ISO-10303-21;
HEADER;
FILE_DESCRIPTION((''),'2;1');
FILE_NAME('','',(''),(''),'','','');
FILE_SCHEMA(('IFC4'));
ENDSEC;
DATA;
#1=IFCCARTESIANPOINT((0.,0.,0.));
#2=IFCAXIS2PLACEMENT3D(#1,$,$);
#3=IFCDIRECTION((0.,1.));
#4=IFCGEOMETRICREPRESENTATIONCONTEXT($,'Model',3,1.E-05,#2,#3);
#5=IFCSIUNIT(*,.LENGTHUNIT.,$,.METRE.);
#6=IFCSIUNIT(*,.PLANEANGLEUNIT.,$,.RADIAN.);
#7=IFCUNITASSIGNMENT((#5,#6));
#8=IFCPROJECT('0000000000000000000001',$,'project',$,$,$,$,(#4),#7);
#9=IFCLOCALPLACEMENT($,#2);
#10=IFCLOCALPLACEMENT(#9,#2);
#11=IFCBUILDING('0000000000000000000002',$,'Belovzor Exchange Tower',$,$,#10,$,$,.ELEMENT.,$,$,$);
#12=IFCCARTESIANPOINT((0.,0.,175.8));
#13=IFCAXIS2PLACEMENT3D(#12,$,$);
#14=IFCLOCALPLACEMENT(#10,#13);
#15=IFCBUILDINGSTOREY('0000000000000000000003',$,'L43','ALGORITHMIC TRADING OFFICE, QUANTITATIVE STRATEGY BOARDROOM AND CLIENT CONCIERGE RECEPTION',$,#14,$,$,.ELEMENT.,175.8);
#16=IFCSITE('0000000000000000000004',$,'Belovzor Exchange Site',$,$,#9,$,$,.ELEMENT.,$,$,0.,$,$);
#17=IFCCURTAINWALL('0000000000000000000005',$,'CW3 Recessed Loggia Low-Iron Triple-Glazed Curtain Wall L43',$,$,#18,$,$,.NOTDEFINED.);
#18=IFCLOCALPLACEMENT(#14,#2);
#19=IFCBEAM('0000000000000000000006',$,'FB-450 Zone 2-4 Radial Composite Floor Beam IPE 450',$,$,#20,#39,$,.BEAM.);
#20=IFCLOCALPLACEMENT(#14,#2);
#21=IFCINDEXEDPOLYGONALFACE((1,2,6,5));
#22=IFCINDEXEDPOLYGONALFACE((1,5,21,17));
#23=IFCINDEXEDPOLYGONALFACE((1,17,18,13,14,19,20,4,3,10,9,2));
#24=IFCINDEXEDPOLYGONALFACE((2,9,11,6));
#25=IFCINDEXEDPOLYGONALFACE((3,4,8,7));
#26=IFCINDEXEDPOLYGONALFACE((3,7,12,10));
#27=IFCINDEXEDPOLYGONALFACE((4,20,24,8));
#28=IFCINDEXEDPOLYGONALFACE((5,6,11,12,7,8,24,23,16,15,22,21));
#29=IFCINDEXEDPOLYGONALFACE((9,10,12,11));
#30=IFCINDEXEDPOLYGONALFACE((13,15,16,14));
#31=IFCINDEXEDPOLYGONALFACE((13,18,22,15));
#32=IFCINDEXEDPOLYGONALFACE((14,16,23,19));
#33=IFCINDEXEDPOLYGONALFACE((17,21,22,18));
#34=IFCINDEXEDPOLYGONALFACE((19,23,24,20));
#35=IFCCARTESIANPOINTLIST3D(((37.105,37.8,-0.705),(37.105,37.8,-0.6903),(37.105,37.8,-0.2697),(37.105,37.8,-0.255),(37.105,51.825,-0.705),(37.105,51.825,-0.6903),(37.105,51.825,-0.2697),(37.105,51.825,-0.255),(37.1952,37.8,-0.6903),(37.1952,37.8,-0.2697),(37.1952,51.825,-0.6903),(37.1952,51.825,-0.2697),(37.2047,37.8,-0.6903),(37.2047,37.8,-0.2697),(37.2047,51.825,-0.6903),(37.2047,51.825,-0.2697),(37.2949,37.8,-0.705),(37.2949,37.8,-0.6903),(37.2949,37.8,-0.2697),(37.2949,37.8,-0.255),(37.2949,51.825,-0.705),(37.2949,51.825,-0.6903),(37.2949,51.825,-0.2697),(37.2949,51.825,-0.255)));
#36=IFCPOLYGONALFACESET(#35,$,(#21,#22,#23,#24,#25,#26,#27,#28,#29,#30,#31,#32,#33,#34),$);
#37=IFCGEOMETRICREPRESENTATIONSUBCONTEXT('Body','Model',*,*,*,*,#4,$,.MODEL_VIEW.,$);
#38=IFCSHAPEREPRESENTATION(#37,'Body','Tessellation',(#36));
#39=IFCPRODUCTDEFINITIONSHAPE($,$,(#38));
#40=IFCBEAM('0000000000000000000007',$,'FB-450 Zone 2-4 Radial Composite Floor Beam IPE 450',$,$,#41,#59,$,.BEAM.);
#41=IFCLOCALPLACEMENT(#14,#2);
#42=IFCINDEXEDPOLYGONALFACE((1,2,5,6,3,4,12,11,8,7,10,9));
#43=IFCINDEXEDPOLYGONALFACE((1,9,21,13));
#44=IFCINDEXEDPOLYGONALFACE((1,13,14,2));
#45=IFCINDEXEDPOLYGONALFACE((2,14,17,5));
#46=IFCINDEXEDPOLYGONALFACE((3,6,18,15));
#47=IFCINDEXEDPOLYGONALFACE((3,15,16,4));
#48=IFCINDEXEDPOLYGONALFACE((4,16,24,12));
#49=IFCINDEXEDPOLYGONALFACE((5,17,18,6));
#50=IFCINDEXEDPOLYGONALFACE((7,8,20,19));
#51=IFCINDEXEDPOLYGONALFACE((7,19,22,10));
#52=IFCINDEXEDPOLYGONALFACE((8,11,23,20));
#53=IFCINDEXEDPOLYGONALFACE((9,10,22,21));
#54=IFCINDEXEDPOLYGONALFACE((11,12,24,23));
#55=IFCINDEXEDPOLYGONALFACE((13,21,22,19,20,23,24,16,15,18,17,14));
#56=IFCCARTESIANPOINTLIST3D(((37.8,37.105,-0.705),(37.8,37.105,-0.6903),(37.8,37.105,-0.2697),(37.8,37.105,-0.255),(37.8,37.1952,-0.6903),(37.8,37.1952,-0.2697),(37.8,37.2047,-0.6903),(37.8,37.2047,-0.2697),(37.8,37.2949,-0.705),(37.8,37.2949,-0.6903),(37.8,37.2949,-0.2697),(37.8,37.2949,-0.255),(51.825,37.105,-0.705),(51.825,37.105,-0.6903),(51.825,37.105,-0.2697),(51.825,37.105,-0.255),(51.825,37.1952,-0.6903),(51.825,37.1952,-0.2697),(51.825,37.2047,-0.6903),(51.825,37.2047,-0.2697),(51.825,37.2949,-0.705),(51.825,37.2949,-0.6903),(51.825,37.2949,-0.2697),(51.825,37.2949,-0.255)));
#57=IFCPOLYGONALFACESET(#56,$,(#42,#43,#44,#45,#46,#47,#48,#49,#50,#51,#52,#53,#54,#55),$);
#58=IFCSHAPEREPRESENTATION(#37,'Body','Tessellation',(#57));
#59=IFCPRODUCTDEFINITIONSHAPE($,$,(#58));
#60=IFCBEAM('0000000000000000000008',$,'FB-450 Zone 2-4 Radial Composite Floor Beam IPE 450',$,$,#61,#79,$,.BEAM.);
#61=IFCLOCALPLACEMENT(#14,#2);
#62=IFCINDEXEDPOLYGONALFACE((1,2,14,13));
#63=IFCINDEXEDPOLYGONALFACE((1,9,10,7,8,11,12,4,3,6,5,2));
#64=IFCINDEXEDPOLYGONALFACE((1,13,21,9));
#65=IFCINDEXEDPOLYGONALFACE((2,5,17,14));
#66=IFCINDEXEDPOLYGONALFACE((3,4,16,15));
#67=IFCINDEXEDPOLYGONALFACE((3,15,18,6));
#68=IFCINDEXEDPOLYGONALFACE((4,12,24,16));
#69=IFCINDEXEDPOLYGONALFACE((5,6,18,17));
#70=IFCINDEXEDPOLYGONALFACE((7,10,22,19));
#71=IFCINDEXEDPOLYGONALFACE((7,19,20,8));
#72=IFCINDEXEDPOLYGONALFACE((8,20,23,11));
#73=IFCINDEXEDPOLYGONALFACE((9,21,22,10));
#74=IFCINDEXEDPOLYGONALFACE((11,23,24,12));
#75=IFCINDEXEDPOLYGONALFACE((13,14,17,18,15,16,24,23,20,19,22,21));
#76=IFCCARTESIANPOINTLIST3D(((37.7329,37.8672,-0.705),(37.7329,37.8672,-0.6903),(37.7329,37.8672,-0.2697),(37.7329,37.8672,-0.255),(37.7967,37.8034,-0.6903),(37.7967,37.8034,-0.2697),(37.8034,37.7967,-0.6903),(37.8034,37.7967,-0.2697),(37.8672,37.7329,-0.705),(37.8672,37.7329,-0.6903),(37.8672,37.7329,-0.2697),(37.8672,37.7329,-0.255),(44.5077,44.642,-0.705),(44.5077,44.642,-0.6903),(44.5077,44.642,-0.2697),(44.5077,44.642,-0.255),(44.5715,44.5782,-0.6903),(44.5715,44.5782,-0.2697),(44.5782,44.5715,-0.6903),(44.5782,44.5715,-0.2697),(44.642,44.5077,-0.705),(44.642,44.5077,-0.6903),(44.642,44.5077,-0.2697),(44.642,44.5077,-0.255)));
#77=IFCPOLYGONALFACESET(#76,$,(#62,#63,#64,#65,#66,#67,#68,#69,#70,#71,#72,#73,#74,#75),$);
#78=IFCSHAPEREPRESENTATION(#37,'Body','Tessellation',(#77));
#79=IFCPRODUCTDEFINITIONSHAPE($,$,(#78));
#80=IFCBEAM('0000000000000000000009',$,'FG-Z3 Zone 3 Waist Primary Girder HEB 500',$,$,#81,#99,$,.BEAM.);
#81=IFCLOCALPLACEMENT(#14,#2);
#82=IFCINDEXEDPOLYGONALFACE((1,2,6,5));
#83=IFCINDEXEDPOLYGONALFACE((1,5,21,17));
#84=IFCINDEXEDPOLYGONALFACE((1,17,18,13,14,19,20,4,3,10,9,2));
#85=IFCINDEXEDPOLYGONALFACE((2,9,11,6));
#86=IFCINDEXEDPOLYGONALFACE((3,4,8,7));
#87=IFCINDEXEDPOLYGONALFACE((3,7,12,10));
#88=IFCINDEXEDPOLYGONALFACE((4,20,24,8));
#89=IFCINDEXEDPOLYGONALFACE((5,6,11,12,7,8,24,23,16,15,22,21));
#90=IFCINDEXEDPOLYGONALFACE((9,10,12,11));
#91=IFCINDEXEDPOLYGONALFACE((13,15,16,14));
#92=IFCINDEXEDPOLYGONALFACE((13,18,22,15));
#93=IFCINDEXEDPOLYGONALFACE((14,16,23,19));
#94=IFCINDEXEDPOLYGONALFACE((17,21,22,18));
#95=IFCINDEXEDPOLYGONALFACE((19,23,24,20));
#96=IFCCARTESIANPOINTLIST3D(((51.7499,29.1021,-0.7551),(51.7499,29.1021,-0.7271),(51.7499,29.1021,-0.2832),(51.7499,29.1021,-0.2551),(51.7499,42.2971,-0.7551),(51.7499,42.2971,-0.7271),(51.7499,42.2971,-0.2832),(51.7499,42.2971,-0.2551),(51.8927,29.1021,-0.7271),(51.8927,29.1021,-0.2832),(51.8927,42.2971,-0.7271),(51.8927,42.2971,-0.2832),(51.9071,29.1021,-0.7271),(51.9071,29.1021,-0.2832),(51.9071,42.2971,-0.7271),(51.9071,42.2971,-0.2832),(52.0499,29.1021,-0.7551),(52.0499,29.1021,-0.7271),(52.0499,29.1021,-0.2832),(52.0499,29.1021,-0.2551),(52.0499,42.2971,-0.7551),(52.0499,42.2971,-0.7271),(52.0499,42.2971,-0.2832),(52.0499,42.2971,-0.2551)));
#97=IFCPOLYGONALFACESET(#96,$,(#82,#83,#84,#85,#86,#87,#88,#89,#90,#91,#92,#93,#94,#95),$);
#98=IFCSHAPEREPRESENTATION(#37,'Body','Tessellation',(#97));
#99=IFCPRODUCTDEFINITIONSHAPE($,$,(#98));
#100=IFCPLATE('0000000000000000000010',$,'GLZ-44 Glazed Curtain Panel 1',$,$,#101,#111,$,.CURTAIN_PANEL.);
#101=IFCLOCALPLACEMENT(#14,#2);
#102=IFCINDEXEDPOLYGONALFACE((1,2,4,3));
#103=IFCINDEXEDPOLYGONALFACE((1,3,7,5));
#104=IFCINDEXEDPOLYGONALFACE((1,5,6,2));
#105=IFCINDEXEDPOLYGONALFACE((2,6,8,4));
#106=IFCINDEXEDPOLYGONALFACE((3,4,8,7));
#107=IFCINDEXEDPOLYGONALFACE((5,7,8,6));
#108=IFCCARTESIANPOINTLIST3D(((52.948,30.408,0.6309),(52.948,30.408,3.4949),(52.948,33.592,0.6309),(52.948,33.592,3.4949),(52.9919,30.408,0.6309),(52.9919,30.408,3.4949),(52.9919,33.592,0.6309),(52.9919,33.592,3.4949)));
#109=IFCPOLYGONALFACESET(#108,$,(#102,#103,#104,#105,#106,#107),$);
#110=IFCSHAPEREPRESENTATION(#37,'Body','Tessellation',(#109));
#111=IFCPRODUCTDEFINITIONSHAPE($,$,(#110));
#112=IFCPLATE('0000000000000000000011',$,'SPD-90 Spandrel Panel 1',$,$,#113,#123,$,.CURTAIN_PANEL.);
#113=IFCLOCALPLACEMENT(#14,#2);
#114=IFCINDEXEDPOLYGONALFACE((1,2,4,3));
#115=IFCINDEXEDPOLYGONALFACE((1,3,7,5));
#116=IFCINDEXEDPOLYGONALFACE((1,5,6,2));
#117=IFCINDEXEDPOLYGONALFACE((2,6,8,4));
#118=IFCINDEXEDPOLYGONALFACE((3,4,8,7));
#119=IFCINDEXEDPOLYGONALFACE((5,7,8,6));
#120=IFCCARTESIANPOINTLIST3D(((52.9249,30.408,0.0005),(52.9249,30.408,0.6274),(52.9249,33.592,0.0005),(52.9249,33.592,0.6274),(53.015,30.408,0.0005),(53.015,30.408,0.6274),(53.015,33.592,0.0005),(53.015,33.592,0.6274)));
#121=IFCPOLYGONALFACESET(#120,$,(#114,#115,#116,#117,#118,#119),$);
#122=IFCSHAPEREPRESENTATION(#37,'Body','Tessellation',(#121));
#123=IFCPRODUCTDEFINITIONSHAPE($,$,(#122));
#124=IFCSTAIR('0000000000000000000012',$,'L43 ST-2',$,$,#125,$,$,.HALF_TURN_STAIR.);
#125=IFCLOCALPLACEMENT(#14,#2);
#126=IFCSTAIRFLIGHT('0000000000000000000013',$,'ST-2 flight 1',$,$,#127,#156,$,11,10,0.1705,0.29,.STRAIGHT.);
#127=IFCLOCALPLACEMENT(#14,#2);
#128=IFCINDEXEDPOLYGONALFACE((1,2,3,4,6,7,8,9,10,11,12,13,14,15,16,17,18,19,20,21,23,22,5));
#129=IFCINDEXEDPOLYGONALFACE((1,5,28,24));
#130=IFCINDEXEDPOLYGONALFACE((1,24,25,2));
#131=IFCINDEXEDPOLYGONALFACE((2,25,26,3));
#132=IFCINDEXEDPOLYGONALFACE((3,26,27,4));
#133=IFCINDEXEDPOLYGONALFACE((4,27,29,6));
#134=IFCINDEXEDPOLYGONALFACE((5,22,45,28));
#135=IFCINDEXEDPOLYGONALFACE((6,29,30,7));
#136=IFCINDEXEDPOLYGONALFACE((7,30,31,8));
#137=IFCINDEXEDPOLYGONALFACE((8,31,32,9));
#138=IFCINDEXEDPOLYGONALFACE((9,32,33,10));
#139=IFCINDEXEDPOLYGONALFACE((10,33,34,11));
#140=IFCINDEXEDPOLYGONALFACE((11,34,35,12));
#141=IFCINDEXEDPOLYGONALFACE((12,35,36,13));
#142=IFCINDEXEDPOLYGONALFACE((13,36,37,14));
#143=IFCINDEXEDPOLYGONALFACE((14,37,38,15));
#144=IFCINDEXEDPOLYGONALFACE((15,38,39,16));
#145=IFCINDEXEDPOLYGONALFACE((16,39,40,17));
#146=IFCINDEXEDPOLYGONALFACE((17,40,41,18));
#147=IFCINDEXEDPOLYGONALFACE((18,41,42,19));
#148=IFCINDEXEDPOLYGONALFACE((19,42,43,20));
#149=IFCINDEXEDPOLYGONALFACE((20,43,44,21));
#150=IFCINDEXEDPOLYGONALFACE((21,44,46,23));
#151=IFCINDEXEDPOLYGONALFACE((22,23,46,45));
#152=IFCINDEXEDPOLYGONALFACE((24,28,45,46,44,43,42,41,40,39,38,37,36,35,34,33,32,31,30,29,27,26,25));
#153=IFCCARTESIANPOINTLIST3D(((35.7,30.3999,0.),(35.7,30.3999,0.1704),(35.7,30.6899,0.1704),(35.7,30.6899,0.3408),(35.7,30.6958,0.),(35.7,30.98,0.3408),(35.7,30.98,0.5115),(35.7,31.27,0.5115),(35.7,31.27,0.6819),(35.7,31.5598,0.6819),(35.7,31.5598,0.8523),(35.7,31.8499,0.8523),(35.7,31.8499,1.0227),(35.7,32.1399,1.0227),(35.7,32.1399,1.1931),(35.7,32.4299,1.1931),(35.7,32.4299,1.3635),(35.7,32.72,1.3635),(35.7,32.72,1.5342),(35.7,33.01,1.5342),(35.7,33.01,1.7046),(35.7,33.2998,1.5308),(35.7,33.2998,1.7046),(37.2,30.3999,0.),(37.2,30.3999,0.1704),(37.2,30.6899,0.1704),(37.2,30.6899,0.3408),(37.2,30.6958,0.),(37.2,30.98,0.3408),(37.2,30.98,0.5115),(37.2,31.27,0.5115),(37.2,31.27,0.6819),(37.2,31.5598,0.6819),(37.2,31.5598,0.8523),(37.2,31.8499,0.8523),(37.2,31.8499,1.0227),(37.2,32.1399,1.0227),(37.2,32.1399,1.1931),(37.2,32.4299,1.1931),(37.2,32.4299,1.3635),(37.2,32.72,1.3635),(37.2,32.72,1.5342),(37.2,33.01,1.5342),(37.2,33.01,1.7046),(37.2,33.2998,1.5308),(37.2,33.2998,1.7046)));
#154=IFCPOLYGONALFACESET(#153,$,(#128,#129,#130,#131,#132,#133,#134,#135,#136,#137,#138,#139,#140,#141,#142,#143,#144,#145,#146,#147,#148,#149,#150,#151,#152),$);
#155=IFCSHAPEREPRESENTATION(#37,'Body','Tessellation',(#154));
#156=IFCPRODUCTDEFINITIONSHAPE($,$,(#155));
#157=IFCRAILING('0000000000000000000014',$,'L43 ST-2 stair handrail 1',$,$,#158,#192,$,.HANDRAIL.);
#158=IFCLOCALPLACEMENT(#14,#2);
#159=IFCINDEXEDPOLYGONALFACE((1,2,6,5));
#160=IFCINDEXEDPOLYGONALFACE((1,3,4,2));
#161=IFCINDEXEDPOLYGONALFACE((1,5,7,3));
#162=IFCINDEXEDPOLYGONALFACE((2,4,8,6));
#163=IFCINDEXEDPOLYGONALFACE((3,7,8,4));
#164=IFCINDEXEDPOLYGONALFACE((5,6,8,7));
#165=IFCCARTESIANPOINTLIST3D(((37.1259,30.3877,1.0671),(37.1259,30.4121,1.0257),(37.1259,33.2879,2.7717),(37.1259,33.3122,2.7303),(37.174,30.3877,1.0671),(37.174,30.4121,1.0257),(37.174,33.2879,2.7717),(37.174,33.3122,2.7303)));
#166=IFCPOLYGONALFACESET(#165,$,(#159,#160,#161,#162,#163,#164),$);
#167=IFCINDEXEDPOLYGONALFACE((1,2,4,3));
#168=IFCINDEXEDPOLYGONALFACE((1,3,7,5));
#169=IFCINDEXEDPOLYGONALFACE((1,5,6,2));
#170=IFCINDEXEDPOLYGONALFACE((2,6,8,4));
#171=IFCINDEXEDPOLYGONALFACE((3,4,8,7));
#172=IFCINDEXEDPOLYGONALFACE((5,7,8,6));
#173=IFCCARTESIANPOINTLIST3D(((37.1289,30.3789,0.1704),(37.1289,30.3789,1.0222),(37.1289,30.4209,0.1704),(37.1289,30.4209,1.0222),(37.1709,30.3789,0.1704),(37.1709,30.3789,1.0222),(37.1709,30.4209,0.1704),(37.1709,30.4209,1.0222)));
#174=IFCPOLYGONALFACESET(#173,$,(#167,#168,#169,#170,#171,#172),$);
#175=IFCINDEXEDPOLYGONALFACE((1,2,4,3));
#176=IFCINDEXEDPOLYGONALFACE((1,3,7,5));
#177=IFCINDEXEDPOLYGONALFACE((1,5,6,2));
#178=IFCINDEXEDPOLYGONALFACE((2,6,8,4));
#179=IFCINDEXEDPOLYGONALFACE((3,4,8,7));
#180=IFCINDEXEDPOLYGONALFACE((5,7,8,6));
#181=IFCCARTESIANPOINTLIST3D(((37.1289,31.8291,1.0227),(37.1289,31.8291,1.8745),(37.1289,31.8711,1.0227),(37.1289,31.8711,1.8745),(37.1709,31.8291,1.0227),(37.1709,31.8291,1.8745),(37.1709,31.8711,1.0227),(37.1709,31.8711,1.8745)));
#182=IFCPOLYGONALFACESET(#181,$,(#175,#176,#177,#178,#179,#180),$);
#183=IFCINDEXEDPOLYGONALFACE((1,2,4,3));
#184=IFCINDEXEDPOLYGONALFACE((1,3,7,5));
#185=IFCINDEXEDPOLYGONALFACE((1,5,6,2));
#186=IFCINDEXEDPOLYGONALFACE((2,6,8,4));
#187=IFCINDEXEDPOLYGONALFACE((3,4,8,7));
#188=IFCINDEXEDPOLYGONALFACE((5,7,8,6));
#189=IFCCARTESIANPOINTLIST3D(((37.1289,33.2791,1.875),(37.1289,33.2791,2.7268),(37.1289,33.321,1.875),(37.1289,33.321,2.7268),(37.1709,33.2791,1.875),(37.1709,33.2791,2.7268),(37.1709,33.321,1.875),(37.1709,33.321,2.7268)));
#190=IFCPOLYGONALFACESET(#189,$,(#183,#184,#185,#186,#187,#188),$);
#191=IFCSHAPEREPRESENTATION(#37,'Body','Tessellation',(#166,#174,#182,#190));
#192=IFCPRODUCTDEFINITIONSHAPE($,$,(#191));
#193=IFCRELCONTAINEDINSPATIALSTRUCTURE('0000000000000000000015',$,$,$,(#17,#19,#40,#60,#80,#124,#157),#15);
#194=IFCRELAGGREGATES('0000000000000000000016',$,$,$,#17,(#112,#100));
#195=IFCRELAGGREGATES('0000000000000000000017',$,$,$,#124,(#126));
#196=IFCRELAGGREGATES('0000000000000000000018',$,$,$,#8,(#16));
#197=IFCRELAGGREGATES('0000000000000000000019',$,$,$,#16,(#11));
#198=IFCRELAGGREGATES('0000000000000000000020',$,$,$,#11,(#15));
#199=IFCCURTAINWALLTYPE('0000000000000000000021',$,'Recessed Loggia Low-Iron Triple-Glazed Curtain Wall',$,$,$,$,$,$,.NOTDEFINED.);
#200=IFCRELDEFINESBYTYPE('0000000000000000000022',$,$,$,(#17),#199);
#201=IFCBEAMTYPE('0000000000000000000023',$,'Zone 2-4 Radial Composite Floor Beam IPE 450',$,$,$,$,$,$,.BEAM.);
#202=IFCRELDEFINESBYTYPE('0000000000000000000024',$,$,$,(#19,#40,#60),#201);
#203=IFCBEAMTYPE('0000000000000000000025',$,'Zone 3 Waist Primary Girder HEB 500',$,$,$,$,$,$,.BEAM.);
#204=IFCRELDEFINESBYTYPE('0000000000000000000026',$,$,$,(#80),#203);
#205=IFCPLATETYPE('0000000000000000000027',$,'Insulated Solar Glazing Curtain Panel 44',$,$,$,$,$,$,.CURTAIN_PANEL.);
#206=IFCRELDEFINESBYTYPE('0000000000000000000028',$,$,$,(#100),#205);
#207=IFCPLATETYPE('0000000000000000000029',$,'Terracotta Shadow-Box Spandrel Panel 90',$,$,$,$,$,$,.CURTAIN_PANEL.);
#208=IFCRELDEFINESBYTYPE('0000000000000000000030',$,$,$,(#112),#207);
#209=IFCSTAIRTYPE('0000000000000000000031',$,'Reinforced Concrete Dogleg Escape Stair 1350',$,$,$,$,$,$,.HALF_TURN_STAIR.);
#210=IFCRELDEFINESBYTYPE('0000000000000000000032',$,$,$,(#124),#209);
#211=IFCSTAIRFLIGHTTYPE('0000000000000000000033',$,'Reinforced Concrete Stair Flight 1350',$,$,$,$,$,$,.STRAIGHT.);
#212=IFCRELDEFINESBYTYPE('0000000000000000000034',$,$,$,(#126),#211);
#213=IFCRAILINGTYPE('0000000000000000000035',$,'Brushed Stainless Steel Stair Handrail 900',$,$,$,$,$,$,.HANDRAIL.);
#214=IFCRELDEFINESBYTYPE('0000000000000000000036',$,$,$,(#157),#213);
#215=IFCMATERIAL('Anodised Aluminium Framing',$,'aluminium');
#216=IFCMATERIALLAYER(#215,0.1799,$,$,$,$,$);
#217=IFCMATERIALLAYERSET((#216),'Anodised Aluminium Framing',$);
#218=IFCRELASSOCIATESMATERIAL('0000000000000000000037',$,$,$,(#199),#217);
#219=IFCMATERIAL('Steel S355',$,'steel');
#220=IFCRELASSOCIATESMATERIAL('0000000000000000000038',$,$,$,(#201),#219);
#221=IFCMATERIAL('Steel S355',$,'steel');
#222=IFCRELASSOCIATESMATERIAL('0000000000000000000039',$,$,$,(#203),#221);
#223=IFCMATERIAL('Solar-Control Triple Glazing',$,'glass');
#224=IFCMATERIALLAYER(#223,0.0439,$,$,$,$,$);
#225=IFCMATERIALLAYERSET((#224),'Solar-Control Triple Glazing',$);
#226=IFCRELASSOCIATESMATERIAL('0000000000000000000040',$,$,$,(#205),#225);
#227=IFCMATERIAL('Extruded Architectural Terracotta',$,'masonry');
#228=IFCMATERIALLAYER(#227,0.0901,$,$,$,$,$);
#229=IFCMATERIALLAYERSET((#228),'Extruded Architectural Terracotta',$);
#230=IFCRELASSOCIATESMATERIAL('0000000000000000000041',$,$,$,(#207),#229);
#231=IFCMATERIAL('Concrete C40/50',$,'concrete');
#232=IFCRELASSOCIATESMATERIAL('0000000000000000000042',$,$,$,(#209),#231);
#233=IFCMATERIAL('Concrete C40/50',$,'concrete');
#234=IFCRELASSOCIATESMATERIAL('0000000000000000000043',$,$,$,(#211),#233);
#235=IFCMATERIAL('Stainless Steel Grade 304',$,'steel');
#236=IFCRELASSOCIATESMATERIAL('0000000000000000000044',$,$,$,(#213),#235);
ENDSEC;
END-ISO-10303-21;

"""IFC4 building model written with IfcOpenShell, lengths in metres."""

from ifc_helpers import new_model, si_unit, direction, frame, origin, origin_2d, place, context, subcontext, project, spatial, polyline, rectangle, i_section, outline, extrude, material, layer, layer_set, material_profile, profile_set, type_object, element, aggregate, save


model = new_model("IFC4")

# Units and contexts
model_context = context("Model", 3, precision=1e-05, world=origin(), true_north=direction((0.0, 1.0)))
body_context = subcontext(model_context, "Body", "Model", "MODEL_VIEW")
ifc_project = project(units=[si_unit("LENGTHUNIT", "METRE"), si_unit("PLANEANGLEUNIT", "RADIAN")], contexts=[model_context])

# Site, building, storey
site_placement = place(None, origin())
site = spatial("IfcSite", under=ifc_project, at=site_placement, Name="Belovzor Exchange Site", CompositionType="ELEMENT", RefElevation=0.0)
building_placement = place(site_placement, origin())
building = spatial("IfcBuilding", under=site, at=building_placement, Name="Belovzor Exchange Tower", CompositionType="ELEMENT")
storey_placement = place(building_placement, frame((0.0, 0.0, 175.8)))
storey = spatial("IfcBuildingStorey", under=building, at=storey_placement, Name="L43", Description="ALGORITHMIC TRADING OFFICE, QUANTITATIVE STRATEGY BOARDROOM AND CLIENT CONCIERGE RECEPTION", CompositionType="ELEMENT", Elevation=175.8)

# Curtain wall
ifc_material_1 = material(Name="Anodised Aluminium Framing", Category="aluminium")
ifc_layer_1 = layer(ifc_material_1, 0.1799)
ifc_layer_set_1 = layer_set([ifc_layer_1], Name="Anodised Aluminium Framing")
curtain_wall_type = type_object("IfcCurtainWallType", Name="Recessed Loggia Low-Iron Triple-Glazed Curtain Wall", PredefinedType="NOTDEFINED", material=ifc_layer_set_1)
curtain_wall_placement = place(storey_placement, origin())
curtain_wall = element("IfcCurtainWall", 1, at=curtain_wall_placement, inside=storey, type_object=curtain_wall_type, Name="CW3 Recessed Loggia Low-Iron Triple-Glazed Curtain Wall L43", PredefinedType="NOTDEFINED")

# Beams
ifc_material_2 = material(Name="Steel S355", Category="steel")
ifc_material_profile_1 = material_profile(ifc_material_2, i_section(OverallWidth=0.1899, OverallDepth=0.45, WebThickness=0.0095, FlangeThickness=0.0146, at=origin_2d()))
ifc_profile_set_1 = profile_set([ifc_material_profile_1], Name="Steel S355")
beam_type_1 = type_object("IfcBeamType", Name="Zone 2-4 Radial Composite Floor Beam IPE 450", PredefinedType="BEAM", material=ifc_profile_set_1)
for number, where, z_axis, x_axis, name in (
    (2, (37.2, 37.8, -0.48), (0.0, 1.0, 0.0), (-1.0, 0.0, 0.0), "FB-450 Zone 2-4 Radial Composite Floor Beam IPE 450"),
    (3, (37.8, 37.2, -0.48), (1.0, 0.0, 0.0), (0.0, 1.0, 0.0), "FB-450 Zone 2-4 Radial Composite Floor Beam IPE 450"),
):
    element("IfcBeam", number, at=place(storey_placement, frame(where, z_axis=z_axis, x_axis=x_axis)), inside=storey, type_object=beam_type_1, Name=name, PredefinedType="BEAM", context=body_context, shape_type="SweptSolid", body=[
        extrude(i_section(OverallWidth=0.1899, OverallDepth=0.45, WebThickness=0.0095, FlangeThickness=0.0146, at=origin_2d()), origin(), (0.0, 0.0, 1.0), 14.0249),
    ])
beam_1_placement = place(storey_placement, frame((37.8, 37.8, -0.48), z_axis=(0.707107, 0.707107, 0.0), x_axis=(-0.707107, 0.707107, 0.0)))
element("IfcBeam", 4, at=beam_1_placement, inside=storey, type_object=beam_type_1, Name="FB-450 Zone 2-4 Radial Composite Floor Beam IPE 450", PredefinedType="BEAM", context=body_context, shape_type="SweptSolid", body=[
    extrude(i_section(OverallWidth=0.1899, OverallDepth=0.45, WebThickness=0.0095, FlangeThickness=0.0146, at=origin_2d()), origin(), (0.0, 0.0, 1.0), 9.5811),
])
ifc_material_3 = material(Name="Steel S355", Category="steel")
ifc_material_profile_2 = material_profile(ifc_material_3, i_section(OverallWidth=0.3, OverallDepth=0.5, WebThickness=0.0144, FlangeThickness=0.0281, at=origin_2d()))
ifc_profile_set_2 = profile_set([ifc_material_profile_2], Name="Steel S355")
beam_type_2 = type_object("IfcBeamType", Name="Zone 3 Waist Primary Girder HEB 500", PredefinedType="BEAM", material=ifc_profile_set_2)
beam_2_placement = place(storey_placement, frame((51.8999, 29.1021, -0.5051), z_axis=(0.0, 1.0, 0.0), x_axis=(-1.0, 0.0, 0.0)))
element("IfcBeam", 5, at=beam_2_placement, inside=storey, type_object=beam_type_2, Name="FG-Z3 Zone 3 Waist Primary Girder HEB 500", PredefinedType="BEAM", context=body_context, shape_type="SweptSolid", body=[
    extrude(i_section(OverallWidth=0.3, OverallDepth=0.5, WebThickness=0.0144, FlangeThickness=0.0281, at=origin_2d()), origin(), (0.0, 0.0, 1.0), 13.1951),
])

# Plates
ifc_material_4 = material(Name="Solar-Control Triple Glazing", Category="glass")
ifc_layer_2 = layer(ifc_material_4, 0.0439)
ifc_layer_set_2 = layer_set([ifc_layer_2], Name="Solar-Control Triple Glazing")
plate_type_1 = type_object("IfcPlateType", Name="Insulated Solar Glazing Curtain Panel 44", PredefinedType="CURTAIN_PANEL", material=ifc_layer_set_2)
plate_1_placement = place(storey_placement, frame((52.97, 32.0, 0.6309), z_axis=(0.0, 0.0, 1.0), x_axis=(0.0, -1.0, 0.0)))
plate_1 = element("IfcPlate", 6, at=plate_1_placement, type_object=plate_type_1, Name="GLZ-44 Glazed Curtain Panel 1", PredefinedType="CURTAIN_PANEL", context=body_context, shape_type="SweptSolid", body=[
    extrude(rectangle(XDim=3.1841, YDim=0.0439, at=origin_2d()), origin(), (0.0, 0.0, 1.0), 2.864),
])
ifc_material_5 = material(Name="Extruded Architectural Terracotta", Category="masonry")
ifc_layer_3 = layer(ifc_material_5, 0.0901)
ifc_layer_set_3 = layer_set([ifc_layer_3], Name="Extruded Architectural Terracotta")
plate_type_2 = type_object("IfcPlateType", Name="Terracotta Shadow-Box Spandrel Panel 90", PredefinedType="CURTAIN_PANEL", material=ifc_layer_set_3)
plate_2_placement = place(storey_placement, frame((52.97, 32.0, 0.0005), z_axis=(0.0, 0.0, 1.0), x_axis=(0.0, -1.0, 0.0)))
plate_2 = element("IfcPlate", 7, at=plate_2_placement, type_object=plate_type_2, Name="SPD-90 Spandrel Panel 1", PredefinedType="CURTAIN_PANEL", context=body_context, shape_type="SweptSolid", body=[
    extrude(rectangle(XDim=3.1841, YDim=0.0901, at=origin_2d()), origin(), (0.0, 0.0, 1.0), 0.627),
])
aggregate(curtain_wall, [plate_2, plate_1])

# Stair, stair flight
ifc_material_6 = material(Name="Concrete C40/50", Category="concrete")
stair_type = type_object("IfcStairType", Name="Reinforced Concrete Dogleg Escape Stair 1350", PredefinedType="HALF_TURN_STAIR", material=ifc_material_6)
stair_placement = place(storey_placement, origin())
stair = element("IfcStair", 8, at=stair_placement, inside=storey, type_object=stair_type, Name="L43 ST-2", PredefinedType="HALF_TURN_STAIR")
ifc_material_7 = material(Name="Concrete C40/50", Category="concrete")
stair_flight_type = type_object("IfcStairFlightType", Name="Reinforced Concrete Stair Flight 1350", PredefinedType="STRAIGHT", material=ifc_material_7)
stair_flight_placement = place(storey_placement, frame((36.45, 30.3999, 0.0), z_axis=(0.0, 0.0, 1.0), x_axis=(0.0, 1.0, 0.0)))
stair_flight = element("IfcStairFlight", 9, at=stair_flight_placement, type_object=stair_flight_type, Name="ST-2 flight 1", NumberOfRisers=11, NumberOfTreads=10, PredefinedType="STRAIGHT", RiserHeight=0.1705, TreadLength=0.29, context=body_context, shape_type="SweptSolid", body=[
    extrude(outline(polyline([(0.0, 0.0), (0.0, 0.1704), (0.29, 0.1704), (0.29, 0.3408), (0.5801, 0.3408), (0.5801, 0.5115), (0.8701, 0.5115), (0.8701, 0.6819), (1.1599, 0.6819), (1.1599, 0.8523), (1.45, 0.8523), (1.45, 1.0227), (1.74, 1.0227), (1.74, 1.1931), (2.03, 1.1931), (2.03, 1.3635), (2.3201, 1.3635), (2.3201, 1.5342), (2.6101, 1.5342), (2.6101, 1.7046), (2.8999, 1.7046), (2.8999, 1.875), (2.8999, 1.5308), (0.2959, 0.0), (0.0, 0.0)])), frame((0.0, 0.75, 0.0), z_axis=(0.0, -1.0, 0.0), x_axis=(1.0, 0.0, 0.0)), (0.0, 0.0, 1.0), 1.5),
])
aggregate(stair, [stair_flight])

# Railing
ifc_material_8 = material(Name="Stainless Steel Grade 304", Category="steel")
railing_type_1 = type_object("IfcRailingType", Name="Brushed Stainless Steel Stair Handrail 900", PredefinedType="HANDRAIL", material=ifc_material_8)
railing_1_placement = place(storey_placement, frame((37.1499, 30.3999, 0.1704)))
element("IfcRailing", 10, at=railing_1_placement, inside=storey, type_object=railing_type_1, Name="L43 ST-2 stair handrail 1", PredefinedType="HANDRAIL", context=body_context, shape_type="SweptSolid", body=[
    extrude(rectangle(XDim=0.0481, YDim=0.0481, at=origin_2d()), frame((0.0, 0.0, 0.876), z_axis=(0.0, 0.862113, 0.506716), x_axis=(-1.0, 0.0, 0.0)), (0.0, 0.0, 1.0), 3.364),
    extrude(rectangle(XDim=0.042, YDim=0.042, at=origin_2d()), origin(), (0.0, 0.0, 1.0), 0.8518),
    extrude(rectangle(XDim=0.042, YDim=0.042, at=origin_2d()), frame((0.0, 1.4502, 0.8523)), (0.0, 0.0, 1.0), 0.8518),
    extrude(rectangle(XDim=0.042, YDim=0.042, at=origin_2d()), frame((0.0, 2.9001, 1.7046)), (0.0, 0.0, 1.0), 0.8518),
])

save(model, "model.ifc")
